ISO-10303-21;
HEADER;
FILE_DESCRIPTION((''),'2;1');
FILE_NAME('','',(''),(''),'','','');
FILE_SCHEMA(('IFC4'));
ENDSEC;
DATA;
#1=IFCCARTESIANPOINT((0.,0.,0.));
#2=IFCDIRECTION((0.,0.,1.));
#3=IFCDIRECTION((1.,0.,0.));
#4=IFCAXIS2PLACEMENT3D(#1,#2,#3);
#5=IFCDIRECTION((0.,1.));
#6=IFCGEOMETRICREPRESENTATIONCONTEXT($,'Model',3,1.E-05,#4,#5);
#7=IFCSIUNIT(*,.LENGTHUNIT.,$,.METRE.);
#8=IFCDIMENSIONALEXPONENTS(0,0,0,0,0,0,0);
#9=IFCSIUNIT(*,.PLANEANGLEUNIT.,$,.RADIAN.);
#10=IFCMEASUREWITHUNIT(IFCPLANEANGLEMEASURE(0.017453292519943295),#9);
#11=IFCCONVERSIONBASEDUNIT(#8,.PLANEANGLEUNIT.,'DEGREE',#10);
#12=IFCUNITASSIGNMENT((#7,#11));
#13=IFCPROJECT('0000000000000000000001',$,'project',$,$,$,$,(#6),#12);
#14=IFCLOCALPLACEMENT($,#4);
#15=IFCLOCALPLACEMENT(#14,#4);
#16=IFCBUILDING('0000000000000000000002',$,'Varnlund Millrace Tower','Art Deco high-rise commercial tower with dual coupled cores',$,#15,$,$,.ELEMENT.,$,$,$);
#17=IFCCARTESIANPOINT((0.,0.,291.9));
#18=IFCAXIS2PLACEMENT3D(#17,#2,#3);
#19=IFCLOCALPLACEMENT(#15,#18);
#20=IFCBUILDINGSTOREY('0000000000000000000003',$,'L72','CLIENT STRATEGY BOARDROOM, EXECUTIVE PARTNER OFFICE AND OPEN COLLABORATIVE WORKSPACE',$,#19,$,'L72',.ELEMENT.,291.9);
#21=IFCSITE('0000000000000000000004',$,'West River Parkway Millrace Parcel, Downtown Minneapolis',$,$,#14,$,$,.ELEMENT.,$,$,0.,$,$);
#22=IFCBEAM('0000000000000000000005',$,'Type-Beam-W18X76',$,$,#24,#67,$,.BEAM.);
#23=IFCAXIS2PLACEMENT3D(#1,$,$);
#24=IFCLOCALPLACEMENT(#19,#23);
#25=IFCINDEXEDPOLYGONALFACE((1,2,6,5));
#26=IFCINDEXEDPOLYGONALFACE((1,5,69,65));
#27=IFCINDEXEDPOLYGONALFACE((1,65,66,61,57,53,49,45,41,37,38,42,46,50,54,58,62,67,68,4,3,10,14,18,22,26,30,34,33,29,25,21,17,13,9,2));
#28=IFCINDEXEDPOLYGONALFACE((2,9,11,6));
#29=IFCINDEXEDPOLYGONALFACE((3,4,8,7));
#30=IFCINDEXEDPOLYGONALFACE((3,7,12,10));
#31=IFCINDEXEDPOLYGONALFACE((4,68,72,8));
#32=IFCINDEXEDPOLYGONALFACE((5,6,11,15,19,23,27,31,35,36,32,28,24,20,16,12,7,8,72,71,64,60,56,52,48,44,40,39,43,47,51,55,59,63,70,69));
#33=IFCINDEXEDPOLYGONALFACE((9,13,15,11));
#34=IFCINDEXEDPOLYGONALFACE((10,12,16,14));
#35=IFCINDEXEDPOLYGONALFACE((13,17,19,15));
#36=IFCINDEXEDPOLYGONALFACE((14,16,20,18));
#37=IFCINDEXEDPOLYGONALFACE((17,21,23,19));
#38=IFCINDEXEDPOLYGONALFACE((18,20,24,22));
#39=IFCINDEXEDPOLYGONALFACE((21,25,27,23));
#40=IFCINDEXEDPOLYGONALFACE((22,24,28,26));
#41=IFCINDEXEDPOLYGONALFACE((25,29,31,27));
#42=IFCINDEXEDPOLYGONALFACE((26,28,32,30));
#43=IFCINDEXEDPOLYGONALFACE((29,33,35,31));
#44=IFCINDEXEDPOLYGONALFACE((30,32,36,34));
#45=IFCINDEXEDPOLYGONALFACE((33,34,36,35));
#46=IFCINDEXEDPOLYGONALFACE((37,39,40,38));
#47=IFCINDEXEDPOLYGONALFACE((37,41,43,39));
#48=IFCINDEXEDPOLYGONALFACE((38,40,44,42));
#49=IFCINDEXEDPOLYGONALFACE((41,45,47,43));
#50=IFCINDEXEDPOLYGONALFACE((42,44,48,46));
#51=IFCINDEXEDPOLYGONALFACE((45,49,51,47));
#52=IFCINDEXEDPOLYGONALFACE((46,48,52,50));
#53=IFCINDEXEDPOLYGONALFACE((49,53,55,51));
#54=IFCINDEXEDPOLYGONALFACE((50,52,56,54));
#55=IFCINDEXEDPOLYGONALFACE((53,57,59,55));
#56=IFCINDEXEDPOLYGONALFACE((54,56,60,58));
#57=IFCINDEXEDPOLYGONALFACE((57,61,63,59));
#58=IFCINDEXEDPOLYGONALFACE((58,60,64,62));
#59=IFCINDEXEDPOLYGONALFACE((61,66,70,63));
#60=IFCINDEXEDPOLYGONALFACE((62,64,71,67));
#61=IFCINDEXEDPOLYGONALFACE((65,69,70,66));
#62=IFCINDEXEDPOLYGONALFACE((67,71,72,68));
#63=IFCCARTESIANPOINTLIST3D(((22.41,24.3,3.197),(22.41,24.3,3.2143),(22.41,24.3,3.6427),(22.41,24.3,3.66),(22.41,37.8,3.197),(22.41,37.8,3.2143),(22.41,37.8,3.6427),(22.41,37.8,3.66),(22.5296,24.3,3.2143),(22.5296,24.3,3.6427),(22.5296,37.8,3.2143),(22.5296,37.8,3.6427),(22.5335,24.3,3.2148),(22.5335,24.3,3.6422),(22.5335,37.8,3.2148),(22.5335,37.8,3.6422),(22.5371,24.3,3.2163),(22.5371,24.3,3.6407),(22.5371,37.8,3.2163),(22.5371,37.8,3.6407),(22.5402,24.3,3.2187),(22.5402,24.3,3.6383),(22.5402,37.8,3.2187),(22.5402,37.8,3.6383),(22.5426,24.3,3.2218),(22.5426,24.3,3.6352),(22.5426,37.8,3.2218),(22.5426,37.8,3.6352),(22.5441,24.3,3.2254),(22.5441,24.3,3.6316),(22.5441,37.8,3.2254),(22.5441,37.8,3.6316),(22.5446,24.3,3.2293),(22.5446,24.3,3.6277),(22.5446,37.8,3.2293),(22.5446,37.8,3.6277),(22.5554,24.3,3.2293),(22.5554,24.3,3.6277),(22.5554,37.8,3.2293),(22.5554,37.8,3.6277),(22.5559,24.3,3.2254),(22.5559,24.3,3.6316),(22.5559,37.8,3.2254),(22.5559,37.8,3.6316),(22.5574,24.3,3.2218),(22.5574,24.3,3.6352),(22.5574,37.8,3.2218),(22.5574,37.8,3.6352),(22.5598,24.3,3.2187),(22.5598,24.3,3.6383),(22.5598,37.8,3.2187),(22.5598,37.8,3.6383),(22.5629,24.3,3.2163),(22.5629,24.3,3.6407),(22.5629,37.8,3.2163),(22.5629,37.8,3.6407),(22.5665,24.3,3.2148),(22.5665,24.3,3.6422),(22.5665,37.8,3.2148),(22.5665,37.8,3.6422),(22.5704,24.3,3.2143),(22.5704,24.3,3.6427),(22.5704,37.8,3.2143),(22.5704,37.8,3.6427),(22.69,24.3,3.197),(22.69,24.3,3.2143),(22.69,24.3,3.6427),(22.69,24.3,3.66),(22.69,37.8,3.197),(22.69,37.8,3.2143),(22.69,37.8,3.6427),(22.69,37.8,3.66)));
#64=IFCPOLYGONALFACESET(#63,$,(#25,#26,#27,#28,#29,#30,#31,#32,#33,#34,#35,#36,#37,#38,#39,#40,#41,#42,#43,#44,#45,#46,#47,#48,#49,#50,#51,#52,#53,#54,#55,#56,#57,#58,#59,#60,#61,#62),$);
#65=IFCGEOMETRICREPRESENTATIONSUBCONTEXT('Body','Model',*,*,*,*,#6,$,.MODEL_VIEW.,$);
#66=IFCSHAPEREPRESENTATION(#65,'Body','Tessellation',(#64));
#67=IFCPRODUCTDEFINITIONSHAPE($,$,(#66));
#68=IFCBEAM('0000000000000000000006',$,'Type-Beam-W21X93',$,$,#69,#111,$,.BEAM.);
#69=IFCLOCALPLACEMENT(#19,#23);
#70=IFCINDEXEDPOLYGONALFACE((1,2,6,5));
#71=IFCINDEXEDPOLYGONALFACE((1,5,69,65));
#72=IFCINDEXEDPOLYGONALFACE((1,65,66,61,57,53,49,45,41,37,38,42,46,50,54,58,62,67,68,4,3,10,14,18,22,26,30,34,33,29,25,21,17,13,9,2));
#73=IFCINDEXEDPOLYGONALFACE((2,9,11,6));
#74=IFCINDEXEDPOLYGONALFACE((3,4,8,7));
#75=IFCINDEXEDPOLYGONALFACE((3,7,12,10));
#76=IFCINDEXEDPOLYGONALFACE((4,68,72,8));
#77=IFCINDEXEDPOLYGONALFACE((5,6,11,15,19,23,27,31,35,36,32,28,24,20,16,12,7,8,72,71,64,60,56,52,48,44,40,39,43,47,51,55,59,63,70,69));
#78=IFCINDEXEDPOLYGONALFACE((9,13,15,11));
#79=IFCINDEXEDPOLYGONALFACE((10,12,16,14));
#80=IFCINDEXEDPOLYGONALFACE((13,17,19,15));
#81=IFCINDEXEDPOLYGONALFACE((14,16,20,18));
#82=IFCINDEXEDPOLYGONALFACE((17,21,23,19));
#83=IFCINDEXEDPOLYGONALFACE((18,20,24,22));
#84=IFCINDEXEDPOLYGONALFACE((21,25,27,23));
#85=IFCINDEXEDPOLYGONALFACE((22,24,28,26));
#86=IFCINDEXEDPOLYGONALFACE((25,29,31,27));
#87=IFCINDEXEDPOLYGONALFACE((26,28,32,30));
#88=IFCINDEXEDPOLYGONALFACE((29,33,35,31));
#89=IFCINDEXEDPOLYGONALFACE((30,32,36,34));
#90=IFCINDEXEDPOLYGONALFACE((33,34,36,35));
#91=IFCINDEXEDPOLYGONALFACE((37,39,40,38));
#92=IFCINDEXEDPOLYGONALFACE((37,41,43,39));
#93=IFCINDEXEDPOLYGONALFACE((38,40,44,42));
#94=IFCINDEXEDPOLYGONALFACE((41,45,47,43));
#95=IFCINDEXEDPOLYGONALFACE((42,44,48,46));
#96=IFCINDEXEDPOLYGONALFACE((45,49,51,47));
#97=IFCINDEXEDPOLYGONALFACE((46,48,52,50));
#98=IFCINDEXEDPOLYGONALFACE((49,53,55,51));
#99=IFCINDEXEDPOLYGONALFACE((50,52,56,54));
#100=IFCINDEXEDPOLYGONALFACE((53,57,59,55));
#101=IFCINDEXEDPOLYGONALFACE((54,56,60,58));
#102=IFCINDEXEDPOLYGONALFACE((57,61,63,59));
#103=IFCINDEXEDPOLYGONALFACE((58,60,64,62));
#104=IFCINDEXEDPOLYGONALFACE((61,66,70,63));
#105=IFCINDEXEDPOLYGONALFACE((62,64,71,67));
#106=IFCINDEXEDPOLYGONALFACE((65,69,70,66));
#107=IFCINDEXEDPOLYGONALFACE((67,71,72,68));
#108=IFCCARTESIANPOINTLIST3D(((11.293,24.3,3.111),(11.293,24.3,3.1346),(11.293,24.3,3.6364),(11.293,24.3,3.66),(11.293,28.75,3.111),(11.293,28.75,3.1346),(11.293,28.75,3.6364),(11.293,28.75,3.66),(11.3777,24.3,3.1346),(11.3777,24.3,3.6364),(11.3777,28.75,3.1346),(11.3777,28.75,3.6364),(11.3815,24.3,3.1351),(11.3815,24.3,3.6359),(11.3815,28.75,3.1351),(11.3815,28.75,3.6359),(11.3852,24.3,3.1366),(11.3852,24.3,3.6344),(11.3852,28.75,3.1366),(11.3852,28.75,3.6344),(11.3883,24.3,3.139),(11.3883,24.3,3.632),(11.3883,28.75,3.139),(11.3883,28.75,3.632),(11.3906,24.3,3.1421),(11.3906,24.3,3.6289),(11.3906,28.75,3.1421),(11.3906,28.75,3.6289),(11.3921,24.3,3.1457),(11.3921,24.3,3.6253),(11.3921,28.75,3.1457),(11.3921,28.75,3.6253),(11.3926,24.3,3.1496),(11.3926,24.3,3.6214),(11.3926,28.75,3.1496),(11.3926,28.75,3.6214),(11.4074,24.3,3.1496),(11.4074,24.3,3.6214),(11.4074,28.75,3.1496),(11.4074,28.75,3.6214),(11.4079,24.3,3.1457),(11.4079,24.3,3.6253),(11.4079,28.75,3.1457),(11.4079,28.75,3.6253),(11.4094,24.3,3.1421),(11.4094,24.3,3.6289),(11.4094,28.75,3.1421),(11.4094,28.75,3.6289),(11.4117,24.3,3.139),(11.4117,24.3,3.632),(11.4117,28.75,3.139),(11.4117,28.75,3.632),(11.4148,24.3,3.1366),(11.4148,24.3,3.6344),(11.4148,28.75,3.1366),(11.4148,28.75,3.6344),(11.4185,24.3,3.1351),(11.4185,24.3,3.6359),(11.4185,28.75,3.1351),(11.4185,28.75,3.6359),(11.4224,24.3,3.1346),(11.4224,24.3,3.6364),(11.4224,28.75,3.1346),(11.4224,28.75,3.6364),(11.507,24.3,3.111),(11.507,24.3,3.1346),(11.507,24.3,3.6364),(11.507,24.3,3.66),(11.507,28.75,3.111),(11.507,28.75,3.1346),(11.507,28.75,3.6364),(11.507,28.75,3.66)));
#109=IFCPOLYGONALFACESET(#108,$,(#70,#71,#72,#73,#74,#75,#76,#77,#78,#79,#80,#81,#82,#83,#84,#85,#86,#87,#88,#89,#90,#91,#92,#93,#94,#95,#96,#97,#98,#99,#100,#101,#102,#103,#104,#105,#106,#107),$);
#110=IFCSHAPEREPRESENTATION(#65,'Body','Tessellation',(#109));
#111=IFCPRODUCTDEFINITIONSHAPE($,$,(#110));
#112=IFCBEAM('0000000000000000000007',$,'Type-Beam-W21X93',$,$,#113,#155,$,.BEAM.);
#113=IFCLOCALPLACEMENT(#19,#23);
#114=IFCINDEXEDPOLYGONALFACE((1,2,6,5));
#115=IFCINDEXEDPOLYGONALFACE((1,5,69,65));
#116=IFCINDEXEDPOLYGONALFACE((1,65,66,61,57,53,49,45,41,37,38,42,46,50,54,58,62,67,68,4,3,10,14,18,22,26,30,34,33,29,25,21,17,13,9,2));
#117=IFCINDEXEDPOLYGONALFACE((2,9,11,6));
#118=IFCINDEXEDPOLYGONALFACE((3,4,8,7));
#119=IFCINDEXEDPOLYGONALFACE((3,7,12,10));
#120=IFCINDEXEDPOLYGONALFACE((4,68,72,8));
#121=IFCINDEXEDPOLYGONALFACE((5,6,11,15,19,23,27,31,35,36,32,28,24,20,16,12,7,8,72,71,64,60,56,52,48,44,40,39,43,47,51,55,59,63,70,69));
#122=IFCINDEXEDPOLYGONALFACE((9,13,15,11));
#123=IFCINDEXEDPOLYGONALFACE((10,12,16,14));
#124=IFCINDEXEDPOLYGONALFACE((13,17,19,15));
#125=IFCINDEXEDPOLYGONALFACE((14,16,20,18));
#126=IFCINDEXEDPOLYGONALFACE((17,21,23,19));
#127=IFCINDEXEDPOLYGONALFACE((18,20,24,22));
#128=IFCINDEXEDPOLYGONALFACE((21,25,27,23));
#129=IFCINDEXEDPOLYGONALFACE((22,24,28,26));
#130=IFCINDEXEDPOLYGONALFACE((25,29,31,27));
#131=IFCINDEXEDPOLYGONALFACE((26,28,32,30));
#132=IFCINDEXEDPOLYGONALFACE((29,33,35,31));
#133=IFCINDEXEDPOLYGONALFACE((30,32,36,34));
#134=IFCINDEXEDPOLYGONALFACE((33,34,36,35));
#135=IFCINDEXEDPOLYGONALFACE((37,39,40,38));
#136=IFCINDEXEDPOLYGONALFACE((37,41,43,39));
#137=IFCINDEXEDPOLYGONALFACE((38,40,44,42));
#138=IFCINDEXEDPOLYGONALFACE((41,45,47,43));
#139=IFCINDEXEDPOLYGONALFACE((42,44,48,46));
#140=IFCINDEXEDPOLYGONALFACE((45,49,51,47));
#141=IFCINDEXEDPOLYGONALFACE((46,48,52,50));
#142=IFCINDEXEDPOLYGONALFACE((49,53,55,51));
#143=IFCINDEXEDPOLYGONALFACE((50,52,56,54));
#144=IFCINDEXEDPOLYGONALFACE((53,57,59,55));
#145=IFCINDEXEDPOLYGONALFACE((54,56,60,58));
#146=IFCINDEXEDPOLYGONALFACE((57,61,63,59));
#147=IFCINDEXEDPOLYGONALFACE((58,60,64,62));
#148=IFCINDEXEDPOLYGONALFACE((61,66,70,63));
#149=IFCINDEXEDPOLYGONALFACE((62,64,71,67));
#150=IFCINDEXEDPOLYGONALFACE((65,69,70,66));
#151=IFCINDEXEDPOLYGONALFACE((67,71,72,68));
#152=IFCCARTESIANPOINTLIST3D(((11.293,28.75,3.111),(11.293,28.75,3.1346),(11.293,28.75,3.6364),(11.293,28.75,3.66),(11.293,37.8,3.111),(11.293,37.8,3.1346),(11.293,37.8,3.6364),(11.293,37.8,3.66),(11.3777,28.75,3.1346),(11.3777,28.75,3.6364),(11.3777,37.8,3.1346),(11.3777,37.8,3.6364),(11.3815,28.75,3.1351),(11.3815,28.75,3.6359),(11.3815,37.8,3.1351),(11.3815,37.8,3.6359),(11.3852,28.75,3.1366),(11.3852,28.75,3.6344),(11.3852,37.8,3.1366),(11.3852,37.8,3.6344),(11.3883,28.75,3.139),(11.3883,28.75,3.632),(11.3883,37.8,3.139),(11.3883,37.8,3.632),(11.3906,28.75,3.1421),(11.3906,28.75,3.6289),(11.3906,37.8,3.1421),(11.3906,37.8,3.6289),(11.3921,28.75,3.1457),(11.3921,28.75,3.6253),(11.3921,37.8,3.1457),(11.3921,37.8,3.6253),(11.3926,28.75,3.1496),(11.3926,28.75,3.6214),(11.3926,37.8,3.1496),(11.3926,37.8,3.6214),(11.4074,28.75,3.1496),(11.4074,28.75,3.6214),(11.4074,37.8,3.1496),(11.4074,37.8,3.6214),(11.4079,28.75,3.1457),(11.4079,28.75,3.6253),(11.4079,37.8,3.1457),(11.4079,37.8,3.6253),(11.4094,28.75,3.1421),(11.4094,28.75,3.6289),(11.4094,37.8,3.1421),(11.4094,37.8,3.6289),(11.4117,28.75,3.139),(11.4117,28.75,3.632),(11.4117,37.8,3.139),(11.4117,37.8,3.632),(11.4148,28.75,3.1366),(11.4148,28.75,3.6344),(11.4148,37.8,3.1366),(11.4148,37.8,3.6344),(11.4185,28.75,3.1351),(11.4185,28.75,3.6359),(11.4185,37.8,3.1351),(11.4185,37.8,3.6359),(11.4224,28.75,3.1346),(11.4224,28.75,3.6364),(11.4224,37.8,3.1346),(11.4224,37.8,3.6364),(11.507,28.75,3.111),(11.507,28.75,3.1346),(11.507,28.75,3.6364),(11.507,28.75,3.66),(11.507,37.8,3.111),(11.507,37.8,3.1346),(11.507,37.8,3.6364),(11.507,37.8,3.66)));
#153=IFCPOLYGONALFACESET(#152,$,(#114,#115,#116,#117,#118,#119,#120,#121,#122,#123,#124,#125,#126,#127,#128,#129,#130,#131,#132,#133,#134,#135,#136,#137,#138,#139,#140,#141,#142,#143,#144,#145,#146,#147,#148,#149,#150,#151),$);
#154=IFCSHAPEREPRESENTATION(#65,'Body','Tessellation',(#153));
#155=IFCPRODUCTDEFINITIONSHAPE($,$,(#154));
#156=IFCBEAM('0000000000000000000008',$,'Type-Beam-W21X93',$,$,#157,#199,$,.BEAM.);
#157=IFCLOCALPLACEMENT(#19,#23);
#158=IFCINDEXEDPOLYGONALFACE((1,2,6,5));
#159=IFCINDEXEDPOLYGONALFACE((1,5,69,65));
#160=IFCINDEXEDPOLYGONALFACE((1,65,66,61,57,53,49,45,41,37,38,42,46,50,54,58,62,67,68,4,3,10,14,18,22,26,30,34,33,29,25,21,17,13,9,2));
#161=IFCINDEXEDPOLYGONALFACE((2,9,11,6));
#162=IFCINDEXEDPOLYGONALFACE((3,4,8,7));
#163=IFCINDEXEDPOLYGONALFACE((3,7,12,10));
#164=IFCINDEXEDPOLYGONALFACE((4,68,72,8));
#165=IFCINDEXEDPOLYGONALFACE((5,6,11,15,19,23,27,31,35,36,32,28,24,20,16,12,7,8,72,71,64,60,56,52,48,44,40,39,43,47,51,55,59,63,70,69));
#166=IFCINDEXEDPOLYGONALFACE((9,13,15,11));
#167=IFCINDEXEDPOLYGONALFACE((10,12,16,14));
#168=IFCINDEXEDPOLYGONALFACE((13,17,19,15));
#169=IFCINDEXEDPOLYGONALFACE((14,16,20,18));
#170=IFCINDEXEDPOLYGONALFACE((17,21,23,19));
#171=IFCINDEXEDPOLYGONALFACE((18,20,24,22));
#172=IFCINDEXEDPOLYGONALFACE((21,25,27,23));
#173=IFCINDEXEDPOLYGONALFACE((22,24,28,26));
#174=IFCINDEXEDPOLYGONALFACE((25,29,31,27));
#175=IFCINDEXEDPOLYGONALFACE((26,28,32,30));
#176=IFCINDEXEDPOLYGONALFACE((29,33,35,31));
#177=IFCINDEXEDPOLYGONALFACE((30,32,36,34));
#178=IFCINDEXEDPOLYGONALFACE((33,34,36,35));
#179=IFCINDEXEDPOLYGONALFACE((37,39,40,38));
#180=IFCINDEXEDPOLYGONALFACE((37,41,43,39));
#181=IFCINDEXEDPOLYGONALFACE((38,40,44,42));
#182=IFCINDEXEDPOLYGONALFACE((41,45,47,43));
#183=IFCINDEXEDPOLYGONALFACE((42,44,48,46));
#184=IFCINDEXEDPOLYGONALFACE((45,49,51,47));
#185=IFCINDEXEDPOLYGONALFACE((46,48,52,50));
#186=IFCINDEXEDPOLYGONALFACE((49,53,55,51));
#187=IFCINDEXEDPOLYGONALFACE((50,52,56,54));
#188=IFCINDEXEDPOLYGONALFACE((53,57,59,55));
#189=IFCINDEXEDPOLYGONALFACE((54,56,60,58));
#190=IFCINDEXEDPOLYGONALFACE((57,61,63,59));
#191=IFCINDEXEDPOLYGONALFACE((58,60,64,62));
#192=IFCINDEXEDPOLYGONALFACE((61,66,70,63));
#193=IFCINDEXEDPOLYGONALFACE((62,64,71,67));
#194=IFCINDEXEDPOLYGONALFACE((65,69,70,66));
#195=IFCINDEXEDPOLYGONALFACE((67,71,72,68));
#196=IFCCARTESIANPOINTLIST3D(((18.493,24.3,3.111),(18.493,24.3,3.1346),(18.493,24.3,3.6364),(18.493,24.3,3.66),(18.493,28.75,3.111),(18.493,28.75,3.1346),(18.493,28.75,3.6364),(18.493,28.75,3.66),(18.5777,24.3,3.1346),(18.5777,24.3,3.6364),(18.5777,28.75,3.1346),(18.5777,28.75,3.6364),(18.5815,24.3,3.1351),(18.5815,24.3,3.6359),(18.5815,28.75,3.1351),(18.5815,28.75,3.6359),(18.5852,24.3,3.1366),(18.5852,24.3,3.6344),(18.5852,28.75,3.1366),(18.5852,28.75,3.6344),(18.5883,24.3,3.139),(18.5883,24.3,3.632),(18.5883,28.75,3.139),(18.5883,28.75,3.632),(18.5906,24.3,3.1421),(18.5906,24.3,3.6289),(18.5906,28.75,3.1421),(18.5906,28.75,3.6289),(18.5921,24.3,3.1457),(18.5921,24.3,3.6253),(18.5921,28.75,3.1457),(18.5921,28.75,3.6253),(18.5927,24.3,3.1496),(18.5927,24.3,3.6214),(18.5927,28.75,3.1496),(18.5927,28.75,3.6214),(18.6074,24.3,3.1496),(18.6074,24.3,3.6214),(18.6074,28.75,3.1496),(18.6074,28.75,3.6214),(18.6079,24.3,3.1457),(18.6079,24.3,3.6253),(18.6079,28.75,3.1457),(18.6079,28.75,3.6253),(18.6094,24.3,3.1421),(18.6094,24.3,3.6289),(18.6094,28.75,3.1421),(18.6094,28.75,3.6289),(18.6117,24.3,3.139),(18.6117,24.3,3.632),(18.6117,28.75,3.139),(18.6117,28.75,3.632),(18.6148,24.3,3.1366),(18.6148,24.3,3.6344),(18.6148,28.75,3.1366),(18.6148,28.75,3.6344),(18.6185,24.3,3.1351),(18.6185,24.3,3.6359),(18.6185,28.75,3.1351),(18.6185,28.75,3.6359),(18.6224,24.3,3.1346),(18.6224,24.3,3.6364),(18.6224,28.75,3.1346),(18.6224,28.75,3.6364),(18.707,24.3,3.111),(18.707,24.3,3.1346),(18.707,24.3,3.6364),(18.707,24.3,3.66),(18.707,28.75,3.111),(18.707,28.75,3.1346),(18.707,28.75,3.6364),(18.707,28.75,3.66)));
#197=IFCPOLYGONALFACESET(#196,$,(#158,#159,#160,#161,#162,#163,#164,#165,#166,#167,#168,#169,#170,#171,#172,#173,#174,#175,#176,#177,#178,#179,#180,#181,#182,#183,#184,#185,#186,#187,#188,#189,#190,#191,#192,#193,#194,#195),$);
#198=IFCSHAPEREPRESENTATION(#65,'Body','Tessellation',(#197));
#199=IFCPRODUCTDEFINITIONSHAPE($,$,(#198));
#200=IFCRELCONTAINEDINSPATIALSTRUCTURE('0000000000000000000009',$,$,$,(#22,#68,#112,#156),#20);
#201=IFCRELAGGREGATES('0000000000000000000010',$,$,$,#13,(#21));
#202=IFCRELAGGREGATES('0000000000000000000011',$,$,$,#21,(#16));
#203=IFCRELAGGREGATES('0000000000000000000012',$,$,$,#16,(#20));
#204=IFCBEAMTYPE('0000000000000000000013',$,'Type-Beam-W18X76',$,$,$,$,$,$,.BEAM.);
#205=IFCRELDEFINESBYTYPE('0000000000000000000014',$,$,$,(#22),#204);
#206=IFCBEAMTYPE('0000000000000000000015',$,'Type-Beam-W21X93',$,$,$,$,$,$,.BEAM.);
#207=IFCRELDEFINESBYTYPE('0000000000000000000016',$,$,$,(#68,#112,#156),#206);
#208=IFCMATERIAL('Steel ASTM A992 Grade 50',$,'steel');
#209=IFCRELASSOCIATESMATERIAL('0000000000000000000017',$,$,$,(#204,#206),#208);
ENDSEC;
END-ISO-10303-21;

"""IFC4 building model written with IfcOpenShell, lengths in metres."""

from ifc_helpers import new_model, entity, si_unit, converted_unit, direction, frame, origin_with_axes, origin_2d_with_axis, place, context, subcontext, project, spatial, i_section, extrude, material, material_profile, profile_set, type_object, element, save


model = new_model("IFC4")

# Units and contexts
model_context = context("Model", 3, precision=1e-05, world=origin_with_axes(), true_north=direction((0.0, 1.0)))
body_context = subcontext(model_context, "Body", "Model", "MODEL_VIEW")
ifc_project = project(units=[si_unit("LENGTHUNIT", "METRE"), converted_unit("PLANEANGLEUNIT", "DEGREE", entity("IfcPlaneAngleMeasure", 0.017453292519943295), si_unit("PLANEANGLEUNIT", "RADIAN"), dimensions=[0, 0, 0, 0, 0, 0, 0])], contexts=[model_context])

# Site, building, storey
site_placement = place(None, origin_with_axes())
site = spatial("IfcSite", under=ifc_project, at=site_placement, Name="West River Parkway Millrace Parcel, Downtown Minneapolis", CompositionType="ELEMENT", RefElevation=0.0)
building_placement = place(site_placement, origin_with_axes())
building = spatial("IfcBuilding", under=site, at=building_placement, Name="Varnlund Millrace Tower", Description="Art Deco high-rise commercial tower with dual coupled cores", CompositionType="ELEMENT")
storey_placement = place(building_placement, frame((0.0, 0.0, 291.9), z_axis=(0.0, 0.0, 1.0), x_axis=(1.0, 0.0, 0.0)))
storey = spatial("IfcBuildingStorey", under=building, at=storey_placement, Name="L72", Description="CLIENT STRATEGY BOARDROOM, EXECUTIVE PARTNER OFFICE AND OPEN COLLABORATIVE WORKSPACE", LongName="L72", CompositionType="ELEMENT", Elevation=291.9)

# Beams
ifc_material_1 = material(Name="Steel ASTM A992 Grade 50", Category="steel")
ifc_material_profile_1 = material_profile(ifc_material_1, i_section(OverallWidth=0.28, OverallDepth=0.463, WebThickness=0.0108, FlangeThickness=0.0173, FilletRadius=0.015, at=origin_2d_with_axis()), Name="Steel ASTM A992 Grade 50")
ifc_profile_set_1 = profile_set([ifc_material_profile_1], Name="Steel ASTM A992 Grade 50")
beam_type_1 = type_object("IfcBeamType", Name="Type-Beam-W18X76", PredefinedType="BEAM", material=ifc_profile_set_1)
beam_1_placement = place(storey_placement, frame((22.55, 24.3, 3.4285), z_axis=(0.0, 1.0, 0.0), x_axis=(-1.0, 0.0, 0.0)))
element("IfcBeam", 1, at=beam_1_placement, inside=storey, type_object=beam_type_1, Name="Type-Beam-W18X76", PredefinedType="BEAM", context=body_context, shape_type="SweptSolid", body=[
    extrude(i_section(OverallWidth=0.28, OverallDepth=0.463, WebThickness=0.0108, FlangeThickness=0.0173, FilletRadius=0.015, at=origin_2d_with_axis()), origin_with_axes(), (0.0, 0.0, 1.0), 13.5),
])
ifc_material_profile_2 = material_profile(ifc_material_1, i_section(OverallWidth=0.214, OverallDepth=0.549, WebThickness=0.0147, FlangeThickness=0.0236, FilletRadius=0.015, at=origin_2d_with_axis()), Name="Steel ASTM A992 Grade 50")
ifc_profile_set_2 = profile_set([ifc_material_profile_2], Name="Steel ASTM A992 Grade 50")
beam_type_2 = type_object("IfcBeamType", Name="Type-Beam-W21X93", PredefinedType="BEAM", material=ifc_profile_set_2)
beam_2_placement = place(storey_placement, frame((11.4, 24.3, 3.3855), z_axis=(0.0, 1.0, 0.0), x_axis=(-1.0, 0.0, 0.0)))
element("IfcBeam", 2, at=beam_2_placement, inside=storey, type_object=beam_type_2, Name="Type-Beam-W21X93", PredefinedType="BEAM", context=body_context, shape_type="SweptSolid", body=[
    extrude(i_section(OverallWidth=0.214, OverallDepth=0.549, WebThickness=0.0147, FlangeThickness=0.0236, FilletRadius=0.015, at=origin_2d_with_axis()), origin_with_axes(), (0.0, 0.0, 1.0), 4.45),
])
beam_3_placement = place(storey_placement, frame((11.4, 28.75, 3.3855), z_axis=(0.0, 1.0, 0.0), x_axis=(-1.0, 0.0, 0.0)))
element("IfcBeam", 3, at=beam_3_placement, inside=storey, type_object=beam_type_2, Name="Type-Beam-W21X93", PredefinedType="BEAM", context=body_context, shape_type="SweptSolid", body=[
    extrude(i_section(OverallWidth=0.214, OverallDepth=0.549, WebThickness=0.0147, FlangeThickness=0.0236, FilletRadius=0.015, at=origin_2d_with_axis()), origin_with_axes(), (0.0, 0.0, 1.0), 9.05),
])
beam_4_placement = place(storey_placement, frame((18.6, 24.3, 3.3855), z_axis=(0.0, 1.0, 0.0), x_axis=(-1.0, 0.0, 0.0)))
element("IfcBeam", 4, at=beam_4_placement, inside=storey, type_object=beam_type_2, Name="Type-Beam-W21X93", PredefinedType="BEAM", context=body_context, shape_type="SweptSolid", body=[
    extrude(i_section(OverallWidth=0.214, OverallDepth=0.549, WebThickness=0.0147, FlangeThickness=0.0236, FilletRadius=0.015, at=origin_2d_with_axis()), origin_with_axes(), (0.0, 0.0, 1.0), 4.45),
])

save(model, "model.ifc")
